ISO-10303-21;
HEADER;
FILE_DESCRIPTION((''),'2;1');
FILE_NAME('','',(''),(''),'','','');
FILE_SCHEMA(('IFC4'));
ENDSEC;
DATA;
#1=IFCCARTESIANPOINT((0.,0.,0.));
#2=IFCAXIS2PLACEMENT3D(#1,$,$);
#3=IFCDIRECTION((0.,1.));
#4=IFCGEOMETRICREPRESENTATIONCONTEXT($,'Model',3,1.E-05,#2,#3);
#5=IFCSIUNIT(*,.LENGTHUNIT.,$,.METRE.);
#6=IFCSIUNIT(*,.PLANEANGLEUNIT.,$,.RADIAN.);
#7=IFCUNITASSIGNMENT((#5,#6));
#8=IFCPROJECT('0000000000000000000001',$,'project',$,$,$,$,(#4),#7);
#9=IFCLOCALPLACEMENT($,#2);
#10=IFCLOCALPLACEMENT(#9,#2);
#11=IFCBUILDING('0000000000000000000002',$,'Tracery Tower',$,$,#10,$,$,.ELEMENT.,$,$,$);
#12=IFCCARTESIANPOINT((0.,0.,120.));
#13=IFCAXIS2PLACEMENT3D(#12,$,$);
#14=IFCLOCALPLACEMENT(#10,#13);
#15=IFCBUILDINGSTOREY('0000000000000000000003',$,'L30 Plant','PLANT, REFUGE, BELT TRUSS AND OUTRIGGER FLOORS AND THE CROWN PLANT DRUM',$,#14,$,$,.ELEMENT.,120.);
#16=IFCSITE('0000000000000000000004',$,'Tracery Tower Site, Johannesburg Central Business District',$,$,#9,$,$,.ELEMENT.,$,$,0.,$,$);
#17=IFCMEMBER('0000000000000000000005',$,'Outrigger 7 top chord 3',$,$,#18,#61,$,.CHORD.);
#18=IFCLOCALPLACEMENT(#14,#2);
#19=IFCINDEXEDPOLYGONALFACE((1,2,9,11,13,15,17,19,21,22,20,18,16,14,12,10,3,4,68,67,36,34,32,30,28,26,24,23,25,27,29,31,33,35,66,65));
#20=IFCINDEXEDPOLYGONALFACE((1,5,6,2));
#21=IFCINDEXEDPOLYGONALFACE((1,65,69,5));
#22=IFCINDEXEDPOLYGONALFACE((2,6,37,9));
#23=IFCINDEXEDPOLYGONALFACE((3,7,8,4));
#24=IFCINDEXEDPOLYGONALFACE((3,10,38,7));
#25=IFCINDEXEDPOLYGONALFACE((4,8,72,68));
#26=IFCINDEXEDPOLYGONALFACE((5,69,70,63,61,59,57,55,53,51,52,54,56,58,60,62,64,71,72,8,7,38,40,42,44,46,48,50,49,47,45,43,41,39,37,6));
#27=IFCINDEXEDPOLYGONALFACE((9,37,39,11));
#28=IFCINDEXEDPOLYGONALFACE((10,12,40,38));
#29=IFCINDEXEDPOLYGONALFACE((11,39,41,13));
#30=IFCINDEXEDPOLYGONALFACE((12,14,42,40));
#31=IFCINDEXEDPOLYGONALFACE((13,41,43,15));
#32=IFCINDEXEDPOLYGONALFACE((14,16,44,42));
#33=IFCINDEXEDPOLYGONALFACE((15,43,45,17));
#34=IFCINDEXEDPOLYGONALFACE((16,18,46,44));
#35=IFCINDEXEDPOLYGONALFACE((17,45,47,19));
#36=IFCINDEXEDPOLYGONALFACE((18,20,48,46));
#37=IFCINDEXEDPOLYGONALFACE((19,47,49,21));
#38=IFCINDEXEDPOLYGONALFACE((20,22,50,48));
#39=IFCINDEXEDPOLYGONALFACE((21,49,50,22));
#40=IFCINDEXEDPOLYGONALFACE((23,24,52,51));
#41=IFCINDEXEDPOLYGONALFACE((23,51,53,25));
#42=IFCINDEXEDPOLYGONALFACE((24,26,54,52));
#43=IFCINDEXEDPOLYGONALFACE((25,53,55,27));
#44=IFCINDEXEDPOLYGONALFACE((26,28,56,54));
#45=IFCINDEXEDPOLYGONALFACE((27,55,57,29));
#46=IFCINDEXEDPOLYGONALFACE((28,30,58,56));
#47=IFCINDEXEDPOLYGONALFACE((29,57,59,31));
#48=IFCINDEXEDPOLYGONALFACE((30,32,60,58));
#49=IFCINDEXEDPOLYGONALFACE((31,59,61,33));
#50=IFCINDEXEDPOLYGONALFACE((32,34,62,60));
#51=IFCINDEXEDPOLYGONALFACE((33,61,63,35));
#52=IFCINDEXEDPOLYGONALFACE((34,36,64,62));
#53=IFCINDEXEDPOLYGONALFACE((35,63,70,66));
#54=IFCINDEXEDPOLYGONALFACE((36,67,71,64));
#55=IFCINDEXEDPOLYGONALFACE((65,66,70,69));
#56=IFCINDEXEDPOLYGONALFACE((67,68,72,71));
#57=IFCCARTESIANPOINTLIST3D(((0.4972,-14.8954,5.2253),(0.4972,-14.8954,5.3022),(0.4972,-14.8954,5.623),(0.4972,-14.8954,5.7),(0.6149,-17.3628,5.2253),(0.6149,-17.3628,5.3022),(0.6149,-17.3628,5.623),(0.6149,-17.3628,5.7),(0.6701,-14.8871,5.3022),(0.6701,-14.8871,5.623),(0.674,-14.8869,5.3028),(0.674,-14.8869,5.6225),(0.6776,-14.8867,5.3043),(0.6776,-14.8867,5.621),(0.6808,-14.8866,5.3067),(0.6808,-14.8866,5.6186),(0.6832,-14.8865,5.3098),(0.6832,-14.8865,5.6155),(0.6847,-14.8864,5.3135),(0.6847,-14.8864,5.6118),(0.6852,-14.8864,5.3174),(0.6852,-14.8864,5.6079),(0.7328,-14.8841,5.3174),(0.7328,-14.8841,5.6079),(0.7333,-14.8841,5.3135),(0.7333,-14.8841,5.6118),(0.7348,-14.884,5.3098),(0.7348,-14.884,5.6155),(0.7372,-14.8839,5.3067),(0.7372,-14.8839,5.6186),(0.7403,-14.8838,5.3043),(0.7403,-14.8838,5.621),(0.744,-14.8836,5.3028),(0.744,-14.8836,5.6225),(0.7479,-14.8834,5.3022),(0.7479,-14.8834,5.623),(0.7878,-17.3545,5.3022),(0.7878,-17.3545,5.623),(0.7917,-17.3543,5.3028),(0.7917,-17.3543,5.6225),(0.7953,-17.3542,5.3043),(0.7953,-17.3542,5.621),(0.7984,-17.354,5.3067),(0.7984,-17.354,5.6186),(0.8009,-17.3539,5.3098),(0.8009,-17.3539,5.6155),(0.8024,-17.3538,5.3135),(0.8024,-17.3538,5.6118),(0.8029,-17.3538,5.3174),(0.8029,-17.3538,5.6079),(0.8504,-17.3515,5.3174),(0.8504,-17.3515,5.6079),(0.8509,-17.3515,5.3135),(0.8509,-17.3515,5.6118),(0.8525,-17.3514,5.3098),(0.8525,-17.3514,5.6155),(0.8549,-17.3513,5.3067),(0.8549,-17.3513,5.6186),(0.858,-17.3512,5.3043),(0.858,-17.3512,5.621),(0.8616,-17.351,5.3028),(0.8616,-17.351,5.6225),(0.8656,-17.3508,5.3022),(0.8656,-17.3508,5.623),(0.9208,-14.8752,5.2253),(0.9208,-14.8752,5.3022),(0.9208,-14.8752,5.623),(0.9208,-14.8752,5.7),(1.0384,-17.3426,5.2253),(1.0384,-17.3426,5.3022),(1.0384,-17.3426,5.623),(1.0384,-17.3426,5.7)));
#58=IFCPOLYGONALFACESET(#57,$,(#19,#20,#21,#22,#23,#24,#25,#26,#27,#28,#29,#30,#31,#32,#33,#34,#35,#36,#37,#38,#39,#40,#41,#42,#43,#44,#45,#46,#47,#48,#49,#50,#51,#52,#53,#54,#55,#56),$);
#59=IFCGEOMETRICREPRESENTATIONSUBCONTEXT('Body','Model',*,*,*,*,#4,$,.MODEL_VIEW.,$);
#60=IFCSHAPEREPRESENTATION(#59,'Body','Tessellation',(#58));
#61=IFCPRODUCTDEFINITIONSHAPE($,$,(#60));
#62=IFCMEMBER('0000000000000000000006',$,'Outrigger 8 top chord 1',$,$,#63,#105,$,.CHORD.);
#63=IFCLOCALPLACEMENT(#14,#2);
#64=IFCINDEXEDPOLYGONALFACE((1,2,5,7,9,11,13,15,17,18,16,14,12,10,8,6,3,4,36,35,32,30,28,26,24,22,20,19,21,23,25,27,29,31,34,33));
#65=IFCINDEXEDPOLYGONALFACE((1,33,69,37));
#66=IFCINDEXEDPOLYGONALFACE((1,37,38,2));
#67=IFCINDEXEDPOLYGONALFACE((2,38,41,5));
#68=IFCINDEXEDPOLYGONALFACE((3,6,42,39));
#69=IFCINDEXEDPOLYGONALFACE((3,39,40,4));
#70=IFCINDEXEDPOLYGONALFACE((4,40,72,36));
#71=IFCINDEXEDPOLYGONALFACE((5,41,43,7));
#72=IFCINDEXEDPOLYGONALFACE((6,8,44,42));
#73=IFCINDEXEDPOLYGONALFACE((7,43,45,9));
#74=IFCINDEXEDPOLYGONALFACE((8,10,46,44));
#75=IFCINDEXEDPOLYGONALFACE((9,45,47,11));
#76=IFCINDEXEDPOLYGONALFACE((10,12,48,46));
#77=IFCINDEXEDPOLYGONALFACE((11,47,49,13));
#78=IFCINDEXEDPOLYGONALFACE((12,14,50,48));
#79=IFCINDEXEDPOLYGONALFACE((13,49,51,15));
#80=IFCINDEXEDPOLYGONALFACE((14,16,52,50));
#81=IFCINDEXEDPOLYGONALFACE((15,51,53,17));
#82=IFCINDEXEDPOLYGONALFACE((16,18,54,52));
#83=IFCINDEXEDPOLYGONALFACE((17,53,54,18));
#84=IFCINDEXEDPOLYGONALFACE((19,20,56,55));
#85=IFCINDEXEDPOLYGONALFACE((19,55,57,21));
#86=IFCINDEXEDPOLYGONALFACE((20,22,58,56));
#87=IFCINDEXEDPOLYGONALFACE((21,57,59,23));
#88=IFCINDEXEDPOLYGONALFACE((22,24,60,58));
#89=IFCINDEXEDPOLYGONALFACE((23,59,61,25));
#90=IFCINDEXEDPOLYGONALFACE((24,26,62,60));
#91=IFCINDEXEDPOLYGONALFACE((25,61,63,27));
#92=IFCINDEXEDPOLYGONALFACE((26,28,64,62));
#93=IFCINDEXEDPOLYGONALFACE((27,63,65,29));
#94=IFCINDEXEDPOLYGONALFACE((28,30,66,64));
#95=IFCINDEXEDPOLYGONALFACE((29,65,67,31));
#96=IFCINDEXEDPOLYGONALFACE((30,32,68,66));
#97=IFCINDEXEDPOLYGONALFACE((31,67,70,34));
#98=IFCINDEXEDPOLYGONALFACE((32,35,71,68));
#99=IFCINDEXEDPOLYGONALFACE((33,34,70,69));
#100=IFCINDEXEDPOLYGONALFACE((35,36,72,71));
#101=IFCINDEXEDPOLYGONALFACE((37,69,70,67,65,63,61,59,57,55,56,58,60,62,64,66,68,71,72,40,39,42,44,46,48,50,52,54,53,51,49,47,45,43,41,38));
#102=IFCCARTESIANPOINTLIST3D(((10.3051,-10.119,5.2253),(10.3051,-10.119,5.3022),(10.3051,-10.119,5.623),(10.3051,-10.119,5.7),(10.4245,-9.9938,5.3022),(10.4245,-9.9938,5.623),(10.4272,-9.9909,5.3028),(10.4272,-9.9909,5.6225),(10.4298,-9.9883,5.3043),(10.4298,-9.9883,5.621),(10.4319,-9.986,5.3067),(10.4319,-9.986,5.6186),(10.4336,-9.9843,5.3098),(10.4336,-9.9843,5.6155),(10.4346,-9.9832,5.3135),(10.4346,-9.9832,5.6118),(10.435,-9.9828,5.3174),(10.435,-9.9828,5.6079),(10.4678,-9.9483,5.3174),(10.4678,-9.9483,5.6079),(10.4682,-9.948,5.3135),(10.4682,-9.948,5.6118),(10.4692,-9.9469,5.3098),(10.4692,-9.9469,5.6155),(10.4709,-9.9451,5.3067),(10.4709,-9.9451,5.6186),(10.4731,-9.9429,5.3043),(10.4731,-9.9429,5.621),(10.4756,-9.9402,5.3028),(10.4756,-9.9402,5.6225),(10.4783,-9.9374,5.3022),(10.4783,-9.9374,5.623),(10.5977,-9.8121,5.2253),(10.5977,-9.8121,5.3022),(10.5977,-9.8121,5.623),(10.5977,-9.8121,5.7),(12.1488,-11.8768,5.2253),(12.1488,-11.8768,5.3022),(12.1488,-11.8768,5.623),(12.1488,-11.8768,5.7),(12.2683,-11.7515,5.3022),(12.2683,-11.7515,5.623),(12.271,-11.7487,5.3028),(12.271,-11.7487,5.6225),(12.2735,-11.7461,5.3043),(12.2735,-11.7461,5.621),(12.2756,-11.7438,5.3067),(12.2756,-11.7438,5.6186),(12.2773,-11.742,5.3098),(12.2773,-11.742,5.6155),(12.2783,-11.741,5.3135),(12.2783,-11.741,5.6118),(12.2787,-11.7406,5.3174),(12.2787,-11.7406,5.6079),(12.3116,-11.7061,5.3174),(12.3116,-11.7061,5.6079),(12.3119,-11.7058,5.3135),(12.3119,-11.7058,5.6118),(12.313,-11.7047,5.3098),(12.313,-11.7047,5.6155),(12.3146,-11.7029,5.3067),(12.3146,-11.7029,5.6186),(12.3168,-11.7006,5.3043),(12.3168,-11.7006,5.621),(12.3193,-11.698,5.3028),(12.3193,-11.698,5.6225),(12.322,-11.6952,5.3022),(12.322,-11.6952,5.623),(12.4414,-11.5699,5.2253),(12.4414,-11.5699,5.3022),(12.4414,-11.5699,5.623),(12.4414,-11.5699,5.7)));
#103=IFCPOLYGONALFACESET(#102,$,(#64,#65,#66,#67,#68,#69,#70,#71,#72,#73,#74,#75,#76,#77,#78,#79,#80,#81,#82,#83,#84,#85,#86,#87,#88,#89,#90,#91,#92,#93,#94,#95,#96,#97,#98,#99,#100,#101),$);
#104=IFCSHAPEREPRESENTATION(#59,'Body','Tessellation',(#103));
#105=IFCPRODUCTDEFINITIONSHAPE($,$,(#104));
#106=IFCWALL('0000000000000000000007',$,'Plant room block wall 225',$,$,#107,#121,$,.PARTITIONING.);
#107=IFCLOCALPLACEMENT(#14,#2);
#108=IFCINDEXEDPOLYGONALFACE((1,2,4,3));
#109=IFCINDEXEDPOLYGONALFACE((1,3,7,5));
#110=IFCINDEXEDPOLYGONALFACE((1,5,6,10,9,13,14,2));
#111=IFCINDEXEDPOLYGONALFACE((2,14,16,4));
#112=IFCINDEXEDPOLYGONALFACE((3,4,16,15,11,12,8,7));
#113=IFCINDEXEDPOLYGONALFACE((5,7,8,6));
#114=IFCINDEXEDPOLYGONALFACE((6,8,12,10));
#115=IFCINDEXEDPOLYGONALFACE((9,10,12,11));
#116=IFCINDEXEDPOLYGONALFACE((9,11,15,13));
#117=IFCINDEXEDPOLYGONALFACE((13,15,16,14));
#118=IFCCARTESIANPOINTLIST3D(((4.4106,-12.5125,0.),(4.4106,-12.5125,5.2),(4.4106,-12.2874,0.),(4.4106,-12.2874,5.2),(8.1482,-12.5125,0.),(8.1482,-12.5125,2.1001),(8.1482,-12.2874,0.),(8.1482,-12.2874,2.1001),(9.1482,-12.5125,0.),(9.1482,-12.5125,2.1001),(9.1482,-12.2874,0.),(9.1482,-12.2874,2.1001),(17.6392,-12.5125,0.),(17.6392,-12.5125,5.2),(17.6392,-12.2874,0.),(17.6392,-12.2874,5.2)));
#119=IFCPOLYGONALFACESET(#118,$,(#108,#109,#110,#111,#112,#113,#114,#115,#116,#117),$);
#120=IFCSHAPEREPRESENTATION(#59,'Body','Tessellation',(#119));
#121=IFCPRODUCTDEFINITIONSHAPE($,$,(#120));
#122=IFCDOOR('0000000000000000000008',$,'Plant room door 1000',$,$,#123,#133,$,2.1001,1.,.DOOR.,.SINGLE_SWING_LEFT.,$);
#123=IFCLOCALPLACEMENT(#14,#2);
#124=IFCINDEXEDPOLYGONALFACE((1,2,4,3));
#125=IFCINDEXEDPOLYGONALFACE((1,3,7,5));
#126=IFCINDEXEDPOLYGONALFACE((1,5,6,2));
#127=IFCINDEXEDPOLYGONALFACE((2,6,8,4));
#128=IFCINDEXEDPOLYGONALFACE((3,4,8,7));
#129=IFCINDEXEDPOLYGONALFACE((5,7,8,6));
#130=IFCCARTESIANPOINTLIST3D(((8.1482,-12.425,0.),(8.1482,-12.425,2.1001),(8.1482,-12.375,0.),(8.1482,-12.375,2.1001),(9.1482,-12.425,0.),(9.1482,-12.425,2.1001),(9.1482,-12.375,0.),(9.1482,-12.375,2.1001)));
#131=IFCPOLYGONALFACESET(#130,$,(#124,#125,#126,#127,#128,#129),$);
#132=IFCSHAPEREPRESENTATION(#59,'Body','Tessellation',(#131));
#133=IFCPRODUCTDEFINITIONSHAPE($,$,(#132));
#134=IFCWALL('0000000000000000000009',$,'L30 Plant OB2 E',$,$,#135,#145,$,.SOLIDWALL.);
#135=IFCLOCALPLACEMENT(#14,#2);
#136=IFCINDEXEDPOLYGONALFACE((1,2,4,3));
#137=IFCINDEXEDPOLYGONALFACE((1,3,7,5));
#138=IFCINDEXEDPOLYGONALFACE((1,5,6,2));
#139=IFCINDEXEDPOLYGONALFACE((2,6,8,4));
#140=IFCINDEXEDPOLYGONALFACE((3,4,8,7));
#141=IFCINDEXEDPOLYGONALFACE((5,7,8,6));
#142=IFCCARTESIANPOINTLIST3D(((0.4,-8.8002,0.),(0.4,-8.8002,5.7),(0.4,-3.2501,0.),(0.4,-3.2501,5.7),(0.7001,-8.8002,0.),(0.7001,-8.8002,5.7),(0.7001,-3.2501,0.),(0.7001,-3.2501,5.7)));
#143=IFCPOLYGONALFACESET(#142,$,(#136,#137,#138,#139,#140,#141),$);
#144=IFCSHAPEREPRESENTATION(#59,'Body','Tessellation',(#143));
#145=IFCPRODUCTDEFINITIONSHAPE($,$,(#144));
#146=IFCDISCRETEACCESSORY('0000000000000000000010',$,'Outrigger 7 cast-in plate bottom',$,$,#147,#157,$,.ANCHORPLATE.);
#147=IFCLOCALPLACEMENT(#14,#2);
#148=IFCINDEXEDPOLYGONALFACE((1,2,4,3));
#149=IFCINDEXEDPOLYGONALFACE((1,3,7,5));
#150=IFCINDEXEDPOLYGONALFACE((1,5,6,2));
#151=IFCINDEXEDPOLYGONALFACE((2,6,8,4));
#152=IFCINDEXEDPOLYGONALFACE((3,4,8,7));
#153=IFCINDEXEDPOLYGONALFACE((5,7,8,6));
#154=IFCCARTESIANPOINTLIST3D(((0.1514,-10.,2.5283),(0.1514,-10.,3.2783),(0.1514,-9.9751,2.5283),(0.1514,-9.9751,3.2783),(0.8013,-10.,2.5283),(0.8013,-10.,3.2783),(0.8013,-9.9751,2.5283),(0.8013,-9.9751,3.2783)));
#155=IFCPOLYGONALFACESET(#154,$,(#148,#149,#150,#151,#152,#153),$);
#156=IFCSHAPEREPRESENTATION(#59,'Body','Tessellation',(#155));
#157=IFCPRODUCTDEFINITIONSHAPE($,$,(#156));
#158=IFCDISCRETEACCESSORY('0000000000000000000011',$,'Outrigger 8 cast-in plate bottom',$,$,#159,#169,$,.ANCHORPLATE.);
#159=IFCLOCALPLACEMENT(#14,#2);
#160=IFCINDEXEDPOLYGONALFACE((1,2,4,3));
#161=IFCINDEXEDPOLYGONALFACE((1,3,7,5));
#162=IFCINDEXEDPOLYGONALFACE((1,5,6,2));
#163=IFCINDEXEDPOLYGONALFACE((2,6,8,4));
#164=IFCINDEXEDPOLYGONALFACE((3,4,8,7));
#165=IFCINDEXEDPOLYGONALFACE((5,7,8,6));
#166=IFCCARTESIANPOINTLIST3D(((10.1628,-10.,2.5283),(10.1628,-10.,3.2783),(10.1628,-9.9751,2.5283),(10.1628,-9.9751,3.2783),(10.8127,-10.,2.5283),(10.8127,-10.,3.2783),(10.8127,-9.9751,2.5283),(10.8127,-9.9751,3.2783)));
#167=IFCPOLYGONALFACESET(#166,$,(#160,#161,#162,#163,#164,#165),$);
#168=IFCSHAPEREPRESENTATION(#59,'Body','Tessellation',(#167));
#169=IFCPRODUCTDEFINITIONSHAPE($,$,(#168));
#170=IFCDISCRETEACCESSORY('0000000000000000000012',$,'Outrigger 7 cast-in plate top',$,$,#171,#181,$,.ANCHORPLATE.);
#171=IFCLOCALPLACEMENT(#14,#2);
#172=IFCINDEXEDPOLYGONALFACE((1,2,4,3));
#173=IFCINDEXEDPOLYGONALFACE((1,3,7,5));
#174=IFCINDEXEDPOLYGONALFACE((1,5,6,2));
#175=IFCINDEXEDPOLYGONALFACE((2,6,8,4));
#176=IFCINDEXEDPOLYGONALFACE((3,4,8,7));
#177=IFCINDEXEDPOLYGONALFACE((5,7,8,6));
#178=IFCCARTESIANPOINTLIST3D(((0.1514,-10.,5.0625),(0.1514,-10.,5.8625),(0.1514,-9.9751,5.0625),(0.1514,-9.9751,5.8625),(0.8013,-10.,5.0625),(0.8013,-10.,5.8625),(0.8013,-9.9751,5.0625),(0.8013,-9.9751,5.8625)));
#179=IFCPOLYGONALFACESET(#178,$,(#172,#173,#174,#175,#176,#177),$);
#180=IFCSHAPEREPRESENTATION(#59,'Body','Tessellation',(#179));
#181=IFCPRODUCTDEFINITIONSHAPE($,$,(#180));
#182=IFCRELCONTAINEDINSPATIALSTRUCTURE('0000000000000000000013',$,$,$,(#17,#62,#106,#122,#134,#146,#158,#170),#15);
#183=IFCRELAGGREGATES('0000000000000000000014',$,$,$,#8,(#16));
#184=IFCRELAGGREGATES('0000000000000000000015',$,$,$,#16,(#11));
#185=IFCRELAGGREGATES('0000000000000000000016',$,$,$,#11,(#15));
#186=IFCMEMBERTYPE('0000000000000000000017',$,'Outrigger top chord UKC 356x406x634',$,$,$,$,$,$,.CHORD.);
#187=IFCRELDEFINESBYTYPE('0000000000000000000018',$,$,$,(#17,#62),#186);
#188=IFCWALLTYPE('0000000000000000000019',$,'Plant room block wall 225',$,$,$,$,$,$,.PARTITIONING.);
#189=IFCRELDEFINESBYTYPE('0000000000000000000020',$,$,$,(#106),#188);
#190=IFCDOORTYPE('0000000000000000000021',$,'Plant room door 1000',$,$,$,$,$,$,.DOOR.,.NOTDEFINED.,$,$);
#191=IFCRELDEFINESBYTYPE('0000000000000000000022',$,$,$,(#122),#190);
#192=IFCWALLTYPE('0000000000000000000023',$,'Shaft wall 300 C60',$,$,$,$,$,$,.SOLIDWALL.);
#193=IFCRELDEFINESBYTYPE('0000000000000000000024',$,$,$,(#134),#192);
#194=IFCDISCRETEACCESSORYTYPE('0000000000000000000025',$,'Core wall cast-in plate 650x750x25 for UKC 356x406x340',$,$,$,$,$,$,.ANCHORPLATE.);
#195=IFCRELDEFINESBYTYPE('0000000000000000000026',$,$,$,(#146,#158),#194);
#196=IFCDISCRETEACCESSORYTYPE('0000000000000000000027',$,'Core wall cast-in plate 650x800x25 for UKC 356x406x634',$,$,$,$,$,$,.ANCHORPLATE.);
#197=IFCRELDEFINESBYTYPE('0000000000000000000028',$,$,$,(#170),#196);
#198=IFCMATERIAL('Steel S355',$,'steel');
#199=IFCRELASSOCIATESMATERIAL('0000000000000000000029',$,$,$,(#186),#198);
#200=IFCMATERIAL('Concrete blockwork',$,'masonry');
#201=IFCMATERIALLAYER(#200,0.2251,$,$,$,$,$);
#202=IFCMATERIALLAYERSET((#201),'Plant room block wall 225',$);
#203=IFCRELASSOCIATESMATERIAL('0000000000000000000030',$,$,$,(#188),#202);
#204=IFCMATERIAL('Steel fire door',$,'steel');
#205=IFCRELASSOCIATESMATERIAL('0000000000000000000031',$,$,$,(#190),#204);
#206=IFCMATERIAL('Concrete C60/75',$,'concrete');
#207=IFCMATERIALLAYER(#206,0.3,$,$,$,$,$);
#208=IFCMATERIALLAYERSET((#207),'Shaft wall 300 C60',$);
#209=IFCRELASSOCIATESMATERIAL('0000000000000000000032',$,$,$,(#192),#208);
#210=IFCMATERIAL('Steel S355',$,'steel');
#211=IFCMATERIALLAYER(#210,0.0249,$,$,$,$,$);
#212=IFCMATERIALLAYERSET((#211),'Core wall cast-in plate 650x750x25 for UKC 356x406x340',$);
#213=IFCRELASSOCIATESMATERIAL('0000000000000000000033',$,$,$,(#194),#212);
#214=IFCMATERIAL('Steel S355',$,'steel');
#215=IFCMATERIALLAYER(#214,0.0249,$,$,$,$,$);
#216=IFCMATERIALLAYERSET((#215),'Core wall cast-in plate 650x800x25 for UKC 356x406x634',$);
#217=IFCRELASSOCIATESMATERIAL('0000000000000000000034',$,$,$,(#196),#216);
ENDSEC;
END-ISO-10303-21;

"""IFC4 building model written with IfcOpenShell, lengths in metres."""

from ifc_helpers import new_model, si_unit, direction, frame, frame_2d, origin, origin_2d, place, context, subcontext, project, spatial, rectangle, i_section, extrude, material, layer, layer_set, material_profile, profile_set, type_object, element, fill, save


model = new_model("IFC4")

# Units and contexts
model_context = context("Model", 3, precision=1e-05, world=origin(), true_north=direction((0.0, 1.0)))
body_context = subcontext(model_context, "Body", "Model", "MODEL_VIEW")
ifc_project = project(units=[si_unit("LENGTHUNIT", "METRE"), si_unit("PLANEANGLEUNIT", "RADIAN")], contexts=[model_context])

# Site, building, storey
site_placement = place(None, origin())
site = spatial("IfcSite", under=ifc_project, at=site_placement, Name="Tracery Tower Site, Johannesburg Central Business District", CompositionType="ELEMENT", RefElevation=0.0)
building_placement = place(site_placement, origin())
building = spatial("IfcBuilding", under=site, at=building_placement, Name="Tracery Tower", CompositionType="ELEMENT")
storey_placement = place(building_placement, frame((0.0, 0.0, 120.0)))
storey = spatial("IfcBuildingStorey", under=building, at=storey_placement, Name="L30 Plant", Description="PLANT, REFUGE, BELT TRUSS AND OUTRIGGER FLOORS AND THE CROWN PLANT DRUM", CompositionType="ELEMENT", Elevation=120.0)

# Members
ifc_material_1 = material(Name="Steel S355", Category="steel")
ifc_material_profile_1 = material_profile(ifc_material_1, i_section(OverallWidth=0.4241, OverallDepth=0.4746, WebThickness=0.0476, FlangeThickness=0.0769, FilletRadius=0.0151, at=origin_2d()), Name="UKC 356x406x634")
ifc_profile_set_1 = profile_set([ifc_material_profile_1], Name="Steel S355")
member_type_1 = type_object("IfcMemberType", Name="Outrigger top chord UKC 356x406x634", PredefinedType="CHORD", material=ifc_profile_set_1)
for number, where, z_axis, x_axis, name in (
    (1, (0.709, -14.8853, 5.4626), (0.047636, -0.998865, 0.0), (0.998865, 0.047636, 0.0), "Outrigger 7 top chord 3"),
):
    element("IfcMember", number, at=place(storey_placement, frame(where, z_axis=z_axis, x_axis=x_axis)), inside=storey, type_object=member_type_1, Name=name, PredefinedType="CHORD", context=body_context, shape_type="SweptSolid", body=[
        extrude(i_section(OverallWidth=0.4241, OverallDepth=0.4746, WebThickness=0.0476, FlangeThickness=0.0769, FilletRadius=0.0151, at=origin_2d()), origin(), (0.0, 0.0, 1.0), 2.4702),
    ])
member_1_placement = place(storey_placement, frame((10.4514, -9.9656, 5.4626), z_axis=(0.723773, -0.690038, 0.0), x_axis=(0.690038, 0.723773, 0.0)))
element("IfcMember", 2, at=member_1_placement, inside=storey, type_object=member_type_1, Name="Outrigger 8 top chord 1", PredefinedType="CHORD", context=body_context, shape_type="SweptSolid", body=[
    extrude(i_section(OverallWidth=0.4241, OverallDepth=0.4746, WebThickness=0.0476, FlangeThickness=0.0769, FilletRadius=0.0151, at=origin_2d()), origin(), (0.0, 0.0, 1.0), 2.5474),
])

# Wall, opening, door
ifc_material_2 = material(Name="Concrete blockwork", Category="masonry")
ifc_layer_1 = layer(ifc_material_2, 0.2251)
ifc_layer_set_1 = layer_set([ifc_layer_1], Name="Plant room block wall 225")
wall_type_1 = type_object("IfcWallType", Name="Plant room block wall 225", PredefinedType="PARTITIONING", material=ifc_layer_set_1)
wall_1_placement = place(storey_placement, frame((4.4106, -12.3999, 0.0), z_axis=(0.0, 0.0, 1.0), x_axis=(1.0, 0.0, 0.0)))
wall_1 = element("IfcWall", 3, at=wall_1_placement, inside=storey, type_object=wall_type_1, Name="Plant room block wall 225", PredefinedType="PARTITIONING", context=body_context, shape_type="SweptSolid", body=[
    extrude(rectangle(XDim=13.2285, YDim=0.2251, at=frame_2d((6.6143, 0.0))), origin(), (0.0, 0.0, 1.0), 5.2),
])
opening_placement = place(wall_1_placement, frame((3.7375, 0.0, 0.0)))
opening = element("IfcOpeningElement", 4, at=opening_placement, cuts=wall_1, PredefinedType="OPENING", context=body_context, shape_type="SweptSolid", body=[
    extrude(rectangle(XDim=1.0, YDim=2.1001, at=frame_2d((0.5, 1.05))), frame((0.0, 0.1125, 0.0), z_axis=(0.0, -1.0, 0.0), x_axis=(1.0, 0.0, 0.0)), (0.0, 0.0, 1.0), 0.2251),
])
ifc_material_3 = material(Name="Steel fire door", Category="steel")
door_type = type_object("IfcDoorType", Name="Plant room door 1000", OperationType="NOTDEFINED", PredefinedType="DOOR", material=ifc_material_3)
door_placement = place(opening_placement, origin())
door = element("IfcDoor", 5, at=door_placement, inside=storey, type_object=door_type, Name="Plant room door 1000", OperationType="SINGLE_SWING_LEFT", OverallHeight=2.1001, OverallWidth=1.0, PredefinedType="DOOR", context=body_context, shape_type="SweptSolid", body=[
    extrude(rectangle(XDim=1.0, YDim=2.1001, at=frame_2d((0.5, 1.05))), frame((0.0, 0.0249, 0.0), z_axis=(0.0, -1.0, 0.0), x_axis=(1.0, 0.0, 0.0)), (0.0, 0.0, 1.0), 0.05),
])
fill(opening, door)

# Wall
ifc_material_4 = material(Name="Concrete C60/75", Category="concrete")
ifc_layer_2 = layer(ifc_material_4, 0.3)
ifc_layer_set_2 = layer_set([ifc_layer_2], Name="Shaft wall 300 C60")
wall_type_2 = type_object("IfcWallType", Name="Shaft wall 300 C60", PredefinedType="SOLIDWALL", material=ifc_layer_set_2)
wall_2_placement = place(storey_placement, frame((0.55, -8.8, 0.0), z_axis=(0.0, 0.0, 1.0), x_axis=(0.0, 1.0, 0.0)))
element("IfcWall", 6, at=wall_2_placement, inside=storey, type_object=wall_type_2, Name="L30 Plant OB2 E", PredefinedType="SOLIDWALL", context=body_context, shape_type="SweptSolid", body=[
    extrude(rectangle(XDim=5.55, YDim=0.3, at=frame_2d((2.7749, 0.0))), origin(), (0.0, 0.0, 1.0), 5.7),
])

# Discrete accessories
ifc_material_5 = material(Name="Steel S355", Category="steel")
ifc_layer_3 = layer(ifc_material_5, 0.0249)
ifc_layer_set_3 = layer_set([ifc_layer_3], Name="Core wall cast-in plate 650x750x25 for UKC 356x406x340")
discrete_accessory_type_1 = type_object("IfcDiscreteAccessoryType", Name="Core wall cast-in plate 650x750x25 for UKC 356x406x340", PredefinedType="ANCHORPLATE", material=ifc_layer_set_3)
for number, where, z_axis, x_axis, name in (
    (7, (0.4763, -9.9875, 2.5283), (0.0, 0.0, 1.0), (1.0, 0.0, 0.0), "Outrigger 7 cast-in plate bottom"),
    (8, (10.4878, -9.9875, 2.5283), (0.0, 0.0, 1.0), (1.0, 0.0, 0.0), "Outrigger 8 cast-in plate bottom"),
):
    element("IfcDiscreteAccessory", number, at=place(storey_placement, frame(where, z_axis=z_axis, x_axis=x_axis)), inside=storey, type_object=discrete_accessory_type_1, Name=name, PredefinedType="ANCHORPLATE", context=body_context, shape_type="SweptSolid", body=[
        extrude(rectangle(XDim=0.6499, YDim=0.0249, at=origin_2d()), origin(), (0.0, 0.0, 1.0), 0.75),
    ])
ifc_material_6 = material(Name="Steel S355", Category="steel")
ifc_layer_4 = layer(ifc_material_6, 0.0249)
ifc_layer_set_4 = layer_set([ifc_layer_4], Name="Core wall cast-in plate 650x800x25 for UKC 356x406x634")
discrete_accessory_type_2 = type_object("IfcDiscreteAccessoryType", Name="Core wall cast-in plate 650x800x25 for UKC 356x406x634", PredefinedType="ANCHORPLATE", material=ifc_layer_set_4)
for number, where, z_axis, x_axis, name in (
    (9, (0.4763, -9.9875, 5.0625), (0.0, 0.0, 1.0), (1.0, 0.0, 0.0), "Outrigger 7 cast-in plate top"),
):
    element("IfcDiscreteAccessory", number, at=place(storey_placement, frame(where, z_axis=z_axis, x_axis=x_axis)), inside=storey, type_object=discrete_accessory_type_2, Name=name, PredefinedType="ANCHORPLATE", context=body_context, shape_type="SweptSolid", body=[
        extrude(rectangle(XDim=0.6499, YDim=0.0249, at=origin_2d()), origin(), (0.0, 0.0, 1.0), 0.8),
    ])

save(model, "model.ifc")
